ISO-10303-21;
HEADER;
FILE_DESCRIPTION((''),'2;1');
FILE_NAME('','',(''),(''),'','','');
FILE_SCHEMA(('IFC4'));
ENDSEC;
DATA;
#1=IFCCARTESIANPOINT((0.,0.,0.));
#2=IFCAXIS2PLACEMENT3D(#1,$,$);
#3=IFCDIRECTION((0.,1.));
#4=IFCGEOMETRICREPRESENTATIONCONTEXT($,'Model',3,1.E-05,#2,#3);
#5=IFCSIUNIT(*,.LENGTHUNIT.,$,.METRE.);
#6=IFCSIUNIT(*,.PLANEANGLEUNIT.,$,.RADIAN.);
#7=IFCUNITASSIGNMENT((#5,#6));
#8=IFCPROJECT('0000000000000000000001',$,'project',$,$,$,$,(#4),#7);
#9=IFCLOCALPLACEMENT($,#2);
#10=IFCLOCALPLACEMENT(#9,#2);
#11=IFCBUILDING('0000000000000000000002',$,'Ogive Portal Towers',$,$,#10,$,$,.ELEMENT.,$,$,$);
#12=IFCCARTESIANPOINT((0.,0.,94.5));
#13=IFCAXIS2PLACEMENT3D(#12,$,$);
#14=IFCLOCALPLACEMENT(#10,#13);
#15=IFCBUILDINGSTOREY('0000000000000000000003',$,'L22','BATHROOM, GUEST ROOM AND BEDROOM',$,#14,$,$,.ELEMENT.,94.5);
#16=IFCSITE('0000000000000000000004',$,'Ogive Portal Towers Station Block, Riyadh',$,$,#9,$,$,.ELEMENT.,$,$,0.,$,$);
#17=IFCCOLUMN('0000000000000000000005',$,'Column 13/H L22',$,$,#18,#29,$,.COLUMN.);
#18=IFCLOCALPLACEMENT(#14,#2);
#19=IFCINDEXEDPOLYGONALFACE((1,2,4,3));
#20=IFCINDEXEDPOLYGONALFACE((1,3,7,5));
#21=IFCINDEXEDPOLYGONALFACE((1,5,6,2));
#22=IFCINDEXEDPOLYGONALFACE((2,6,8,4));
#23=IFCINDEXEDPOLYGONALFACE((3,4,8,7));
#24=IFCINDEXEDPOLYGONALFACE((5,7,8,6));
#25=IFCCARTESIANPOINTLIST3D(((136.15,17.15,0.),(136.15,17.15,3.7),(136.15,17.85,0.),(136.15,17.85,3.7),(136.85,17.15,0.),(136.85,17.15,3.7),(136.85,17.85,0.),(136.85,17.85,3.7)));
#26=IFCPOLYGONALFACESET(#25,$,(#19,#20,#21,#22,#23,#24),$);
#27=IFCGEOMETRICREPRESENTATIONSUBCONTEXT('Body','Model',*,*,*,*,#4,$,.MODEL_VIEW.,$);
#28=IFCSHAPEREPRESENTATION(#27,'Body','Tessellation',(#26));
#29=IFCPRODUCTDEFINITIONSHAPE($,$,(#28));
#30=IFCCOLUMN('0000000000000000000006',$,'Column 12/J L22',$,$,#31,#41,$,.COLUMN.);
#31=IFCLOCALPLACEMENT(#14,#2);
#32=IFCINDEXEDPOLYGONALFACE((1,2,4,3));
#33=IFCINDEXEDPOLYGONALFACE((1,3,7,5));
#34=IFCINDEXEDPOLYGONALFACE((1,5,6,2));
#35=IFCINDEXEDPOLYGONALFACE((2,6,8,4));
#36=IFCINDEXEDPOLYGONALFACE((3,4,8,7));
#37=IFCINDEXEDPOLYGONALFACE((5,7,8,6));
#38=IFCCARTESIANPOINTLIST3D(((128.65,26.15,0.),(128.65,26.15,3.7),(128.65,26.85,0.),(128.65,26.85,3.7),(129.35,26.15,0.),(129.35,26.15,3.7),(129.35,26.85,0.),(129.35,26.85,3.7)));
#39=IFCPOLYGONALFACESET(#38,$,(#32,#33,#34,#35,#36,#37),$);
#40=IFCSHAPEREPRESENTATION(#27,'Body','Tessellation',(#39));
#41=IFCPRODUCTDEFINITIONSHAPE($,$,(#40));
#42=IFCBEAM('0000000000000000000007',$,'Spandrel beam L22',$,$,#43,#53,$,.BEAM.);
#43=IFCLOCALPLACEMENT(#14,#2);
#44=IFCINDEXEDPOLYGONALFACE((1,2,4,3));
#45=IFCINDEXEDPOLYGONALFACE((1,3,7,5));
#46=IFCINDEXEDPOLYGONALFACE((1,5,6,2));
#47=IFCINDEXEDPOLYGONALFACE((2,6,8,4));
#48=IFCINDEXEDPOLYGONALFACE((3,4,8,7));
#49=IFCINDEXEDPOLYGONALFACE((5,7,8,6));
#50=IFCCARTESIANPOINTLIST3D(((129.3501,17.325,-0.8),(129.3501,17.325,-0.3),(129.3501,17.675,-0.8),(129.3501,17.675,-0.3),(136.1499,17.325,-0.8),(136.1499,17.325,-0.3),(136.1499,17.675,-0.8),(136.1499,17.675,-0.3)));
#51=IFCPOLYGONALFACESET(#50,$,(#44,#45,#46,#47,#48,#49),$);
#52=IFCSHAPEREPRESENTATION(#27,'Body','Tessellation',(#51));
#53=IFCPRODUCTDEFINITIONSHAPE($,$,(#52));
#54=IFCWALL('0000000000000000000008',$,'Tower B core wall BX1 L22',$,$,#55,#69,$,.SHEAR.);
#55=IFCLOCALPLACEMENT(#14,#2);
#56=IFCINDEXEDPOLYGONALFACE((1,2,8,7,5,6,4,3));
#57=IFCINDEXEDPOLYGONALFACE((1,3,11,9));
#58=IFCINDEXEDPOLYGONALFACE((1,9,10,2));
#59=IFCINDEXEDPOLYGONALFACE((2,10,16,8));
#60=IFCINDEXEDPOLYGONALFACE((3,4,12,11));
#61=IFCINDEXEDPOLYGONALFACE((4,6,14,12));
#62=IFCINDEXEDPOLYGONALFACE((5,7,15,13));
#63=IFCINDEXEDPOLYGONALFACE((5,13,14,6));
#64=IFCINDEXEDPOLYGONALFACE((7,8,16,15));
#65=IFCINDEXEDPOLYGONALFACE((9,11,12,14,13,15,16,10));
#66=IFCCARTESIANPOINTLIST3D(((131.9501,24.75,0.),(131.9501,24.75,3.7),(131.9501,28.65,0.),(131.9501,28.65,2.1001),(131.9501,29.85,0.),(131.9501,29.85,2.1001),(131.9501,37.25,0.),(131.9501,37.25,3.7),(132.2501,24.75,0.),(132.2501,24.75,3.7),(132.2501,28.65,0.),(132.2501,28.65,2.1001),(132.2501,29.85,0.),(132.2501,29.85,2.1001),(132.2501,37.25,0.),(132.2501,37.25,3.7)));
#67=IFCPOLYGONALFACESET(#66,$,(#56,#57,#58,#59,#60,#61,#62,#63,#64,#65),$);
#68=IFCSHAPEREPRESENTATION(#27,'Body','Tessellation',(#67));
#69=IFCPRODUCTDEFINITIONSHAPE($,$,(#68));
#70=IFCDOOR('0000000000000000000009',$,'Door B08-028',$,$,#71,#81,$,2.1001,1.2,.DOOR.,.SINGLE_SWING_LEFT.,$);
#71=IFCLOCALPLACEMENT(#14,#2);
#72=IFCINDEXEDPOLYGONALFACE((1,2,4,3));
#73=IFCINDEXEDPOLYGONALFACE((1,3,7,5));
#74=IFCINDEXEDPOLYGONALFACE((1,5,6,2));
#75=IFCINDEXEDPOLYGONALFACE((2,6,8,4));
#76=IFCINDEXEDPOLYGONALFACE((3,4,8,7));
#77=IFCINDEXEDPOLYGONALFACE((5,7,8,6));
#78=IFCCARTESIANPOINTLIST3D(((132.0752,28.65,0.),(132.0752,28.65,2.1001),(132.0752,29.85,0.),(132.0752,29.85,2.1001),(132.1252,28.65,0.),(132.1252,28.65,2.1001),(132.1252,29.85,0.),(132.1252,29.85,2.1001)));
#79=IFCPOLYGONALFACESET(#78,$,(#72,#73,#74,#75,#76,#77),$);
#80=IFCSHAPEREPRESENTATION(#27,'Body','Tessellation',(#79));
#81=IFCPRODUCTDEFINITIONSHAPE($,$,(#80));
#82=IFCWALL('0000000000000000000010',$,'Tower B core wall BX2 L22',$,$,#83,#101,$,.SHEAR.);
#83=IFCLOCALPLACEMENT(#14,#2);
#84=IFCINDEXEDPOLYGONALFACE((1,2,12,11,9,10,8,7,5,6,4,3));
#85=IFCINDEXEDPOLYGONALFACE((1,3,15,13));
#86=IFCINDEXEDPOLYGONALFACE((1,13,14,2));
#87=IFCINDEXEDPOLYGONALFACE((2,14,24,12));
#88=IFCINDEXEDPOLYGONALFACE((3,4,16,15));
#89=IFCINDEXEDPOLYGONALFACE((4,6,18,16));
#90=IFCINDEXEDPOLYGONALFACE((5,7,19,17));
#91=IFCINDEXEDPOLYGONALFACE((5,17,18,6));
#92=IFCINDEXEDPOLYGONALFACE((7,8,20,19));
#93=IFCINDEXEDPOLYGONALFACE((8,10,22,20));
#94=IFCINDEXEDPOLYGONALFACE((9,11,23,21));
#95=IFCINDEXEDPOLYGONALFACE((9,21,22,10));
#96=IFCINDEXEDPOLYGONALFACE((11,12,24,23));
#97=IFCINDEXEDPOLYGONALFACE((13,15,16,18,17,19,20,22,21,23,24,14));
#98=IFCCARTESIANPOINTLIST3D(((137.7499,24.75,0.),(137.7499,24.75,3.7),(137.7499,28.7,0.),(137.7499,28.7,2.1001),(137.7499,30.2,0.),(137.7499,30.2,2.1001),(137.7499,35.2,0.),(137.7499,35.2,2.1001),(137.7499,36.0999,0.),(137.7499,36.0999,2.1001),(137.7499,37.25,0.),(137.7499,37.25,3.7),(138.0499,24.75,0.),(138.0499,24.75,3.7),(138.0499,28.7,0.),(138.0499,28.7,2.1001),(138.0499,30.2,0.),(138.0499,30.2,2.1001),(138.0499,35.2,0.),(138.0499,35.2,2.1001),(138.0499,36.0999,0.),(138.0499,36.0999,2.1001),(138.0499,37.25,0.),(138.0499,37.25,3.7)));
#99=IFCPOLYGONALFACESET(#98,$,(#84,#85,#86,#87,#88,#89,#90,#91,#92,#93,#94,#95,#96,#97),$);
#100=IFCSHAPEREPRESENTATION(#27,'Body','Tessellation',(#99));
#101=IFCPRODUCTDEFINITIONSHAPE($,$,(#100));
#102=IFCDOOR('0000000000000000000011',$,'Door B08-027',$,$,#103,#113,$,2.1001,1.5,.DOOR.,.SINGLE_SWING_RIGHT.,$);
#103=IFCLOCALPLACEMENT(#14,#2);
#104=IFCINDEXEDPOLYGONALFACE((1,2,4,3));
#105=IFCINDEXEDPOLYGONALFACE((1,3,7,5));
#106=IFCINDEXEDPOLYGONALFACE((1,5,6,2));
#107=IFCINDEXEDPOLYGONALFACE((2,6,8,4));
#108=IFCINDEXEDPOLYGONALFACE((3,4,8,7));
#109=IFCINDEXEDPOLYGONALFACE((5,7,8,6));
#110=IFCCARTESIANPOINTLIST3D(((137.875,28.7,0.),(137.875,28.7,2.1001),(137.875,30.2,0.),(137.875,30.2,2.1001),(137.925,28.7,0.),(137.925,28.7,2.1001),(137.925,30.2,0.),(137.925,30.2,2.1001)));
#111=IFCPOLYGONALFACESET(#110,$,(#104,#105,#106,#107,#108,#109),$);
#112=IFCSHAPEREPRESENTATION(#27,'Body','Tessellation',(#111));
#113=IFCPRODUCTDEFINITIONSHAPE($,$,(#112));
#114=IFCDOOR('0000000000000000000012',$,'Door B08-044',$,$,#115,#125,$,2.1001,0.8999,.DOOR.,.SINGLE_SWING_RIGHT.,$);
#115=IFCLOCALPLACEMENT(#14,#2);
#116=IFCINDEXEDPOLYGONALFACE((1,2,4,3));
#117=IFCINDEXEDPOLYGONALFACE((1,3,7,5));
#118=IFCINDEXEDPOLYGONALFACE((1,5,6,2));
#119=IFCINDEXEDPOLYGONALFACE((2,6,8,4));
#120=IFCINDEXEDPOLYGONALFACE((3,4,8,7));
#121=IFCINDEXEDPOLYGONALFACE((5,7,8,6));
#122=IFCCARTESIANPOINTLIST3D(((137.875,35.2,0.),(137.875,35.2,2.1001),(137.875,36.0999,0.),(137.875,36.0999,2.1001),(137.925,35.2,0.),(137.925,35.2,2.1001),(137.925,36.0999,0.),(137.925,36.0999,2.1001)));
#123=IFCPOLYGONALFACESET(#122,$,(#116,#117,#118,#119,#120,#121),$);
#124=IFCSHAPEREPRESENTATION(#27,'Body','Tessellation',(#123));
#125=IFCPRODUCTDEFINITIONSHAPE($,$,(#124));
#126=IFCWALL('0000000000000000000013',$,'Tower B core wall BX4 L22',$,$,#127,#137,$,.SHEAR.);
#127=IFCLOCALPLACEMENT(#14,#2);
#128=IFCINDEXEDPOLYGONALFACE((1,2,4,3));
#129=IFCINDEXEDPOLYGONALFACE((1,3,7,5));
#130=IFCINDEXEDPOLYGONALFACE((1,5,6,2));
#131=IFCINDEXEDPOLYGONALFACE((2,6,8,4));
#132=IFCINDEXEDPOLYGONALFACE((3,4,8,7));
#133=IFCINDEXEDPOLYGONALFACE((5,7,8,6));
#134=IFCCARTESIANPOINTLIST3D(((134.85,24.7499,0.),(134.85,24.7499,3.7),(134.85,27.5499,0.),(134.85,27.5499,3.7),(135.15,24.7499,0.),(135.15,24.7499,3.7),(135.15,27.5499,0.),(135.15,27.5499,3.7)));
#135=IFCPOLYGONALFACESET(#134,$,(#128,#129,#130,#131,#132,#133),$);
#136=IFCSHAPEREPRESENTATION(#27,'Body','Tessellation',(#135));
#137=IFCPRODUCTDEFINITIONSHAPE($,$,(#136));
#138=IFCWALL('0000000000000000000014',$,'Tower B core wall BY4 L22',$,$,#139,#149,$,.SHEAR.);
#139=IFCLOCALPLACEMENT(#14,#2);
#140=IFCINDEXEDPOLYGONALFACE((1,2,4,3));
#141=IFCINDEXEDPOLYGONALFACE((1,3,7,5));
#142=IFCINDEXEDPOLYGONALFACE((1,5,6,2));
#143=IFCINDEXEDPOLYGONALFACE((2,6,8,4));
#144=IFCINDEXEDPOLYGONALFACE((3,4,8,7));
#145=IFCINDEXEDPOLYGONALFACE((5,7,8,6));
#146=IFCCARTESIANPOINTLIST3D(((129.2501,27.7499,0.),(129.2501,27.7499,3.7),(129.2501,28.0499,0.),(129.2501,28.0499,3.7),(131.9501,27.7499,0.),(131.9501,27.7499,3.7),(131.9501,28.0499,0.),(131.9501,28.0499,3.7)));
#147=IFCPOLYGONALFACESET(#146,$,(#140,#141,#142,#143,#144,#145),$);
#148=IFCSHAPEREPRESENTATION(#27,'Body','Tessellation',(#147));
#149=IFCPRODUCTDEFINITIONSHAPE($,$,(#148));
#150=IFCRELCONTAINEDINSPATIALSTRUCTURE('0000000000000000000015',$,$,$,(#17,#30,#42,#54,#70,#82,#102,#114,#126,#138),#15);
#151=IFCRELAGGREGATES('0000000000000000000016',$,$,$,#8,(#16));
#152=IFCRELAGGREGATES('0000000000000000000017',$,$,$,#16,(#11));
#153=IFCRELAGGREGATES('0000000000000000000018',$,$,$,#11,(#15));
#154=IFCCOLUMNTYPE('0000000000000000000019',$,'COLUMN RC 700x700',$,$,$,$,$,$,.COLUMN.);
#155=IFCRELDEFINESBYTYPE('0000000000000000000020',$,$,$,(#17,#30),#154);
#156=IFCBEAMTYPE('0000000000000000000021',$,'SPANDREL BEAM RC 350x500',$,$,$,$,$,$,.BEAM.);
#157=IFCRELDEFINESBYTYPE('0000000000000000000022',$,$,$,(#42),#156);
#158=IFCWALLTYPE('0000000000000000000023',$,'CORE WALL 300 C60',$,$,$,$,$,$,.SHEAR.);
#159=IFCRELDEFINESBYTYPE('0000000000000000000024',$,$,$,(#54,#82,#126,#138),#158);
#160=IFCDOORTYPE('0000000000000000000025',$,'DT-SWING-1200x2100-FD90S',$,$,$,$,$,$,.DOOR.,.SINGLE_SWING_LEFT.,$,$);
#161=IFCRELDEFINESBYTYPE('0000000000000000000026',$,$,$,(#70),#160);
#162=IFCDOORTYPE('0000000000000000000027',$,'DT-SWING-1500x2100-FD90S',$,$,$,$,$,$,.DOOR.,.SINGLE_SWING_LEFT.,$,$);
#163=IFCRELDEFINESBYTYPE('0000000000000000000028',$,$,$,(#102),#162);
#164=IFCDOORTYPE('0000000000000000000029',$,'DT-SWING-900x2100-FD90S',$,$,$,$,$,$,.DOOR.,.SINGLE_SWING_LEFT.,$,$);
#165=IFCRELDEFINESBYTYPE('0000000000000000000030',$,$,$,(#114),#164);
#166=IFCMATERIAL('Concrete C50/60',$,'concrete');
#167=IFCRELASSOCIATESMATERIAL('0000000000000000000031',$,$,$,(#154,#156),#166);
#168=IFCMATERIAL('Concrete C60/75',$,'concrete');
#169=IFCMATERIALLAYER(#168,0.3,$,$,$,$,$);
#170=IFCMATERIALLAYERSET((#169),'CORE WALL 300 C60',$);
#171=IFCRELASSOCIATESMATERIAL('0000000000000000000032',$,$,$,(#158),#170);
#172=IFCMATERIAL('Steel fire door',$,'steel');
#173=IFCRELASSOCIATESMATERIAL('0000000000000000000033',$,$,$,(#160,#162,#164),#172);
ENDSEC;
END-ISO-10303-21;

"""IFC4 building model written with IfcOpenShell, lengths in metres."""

from ifc_helpers import new_model, si_unit, direction, frame, frame_2d, origin, origin_2d, place, context, subcontext, project, spatial, rectangle, extrude, material, layer, layer_set, material_profile, profile_set, type_object, element, fill, save


model = new_model("IFC4")

# Units and contexts
model_context = context("Model", 3, precision=1e-05, world=origin(), true_north=direction((0.0, 1.0)))
body_context = subcontext(model_context, "Body", "Model", "MODEL_VIEW")
ifc_project = project(units=[si_unit("LENGTHUNIT", "METRE"), si_unit("PLANEANGLEUNIT", "RADIAN")], contexts=[model_context])

# Site, building, storey
site_placement = place(None, origin())
site = spatial("IfcSite", under=ifc_project, at=site_placement, Name="Ogive Portal Towers Station Block, Riyadh", CompositionType="ELEMENT", RefElevation=0.0)
building_placement = place(site_placement, origin())
building = spatial("IfcBuilding", under=site, at=building_placement, Name="Ogive Portal Towers", CompositionType="ELEMENT")
storey_placement = place(building_placement, frame((0.0, 0.0, 94.5)))
storey = spatial("IfcBuildingStorey", under=building, at=storey_placement, Name="L22", Description="BATHROOM, GUEST ROOM AND BEDROOM", CompositionType="ELEMENT", Elevation=94.5)

# Columns
ifc_material_1 = material(Name="Concrete C50/60", Category="concrete")
ifc_material_profile_1 = material_profile(ifc_material_1, rectangle(XDim=0.7, YDim=0.7, at=origin_2d()), Name="RC 700x700")
ifc_profile_set_1 = profile_set([ifc_material_profile_1], Name="Concrete C50/60")
column_type = type_object("IfcColumnType", Name="COLUMN RC 700x700", PredefinedType="COLUMN", material=ifc_profile_set_1)
for number, where, z_axis, x_axis, name in (
    (1, (136.5, 17.5, 0.0), (0.0, 0.0, 1.0), (1.0, 0.0, 0.0), "Column 13/H L22"),
    (2, (129.0, 26.5, 0.0), (0.0, 0.0, 1.0), (1.0, 0.0, 0.0), "Column 12/J L22"),
):
    element("IfcColumn", number, at=place(storey_placement, frame(where, z_axis=z_axis, x_axis=x_axis)), inside=storey, type_object=column_type, Name=name, PredefinedType="COLUMN", context=body_context, shape_type="SweptSolid", body=[
        extrude(rectangle(XDim=0.7, YDim=0.7, at=origin_2d()), origin(), (0.0, 0.0, 1.0), 3.7),
    ])

# Beam
ifc_material_profile_2 = material_profile(ifc_material_1, rectangle(XDim=0.3501, YDim=0.5, at=origin_2d()), Name="RC 350x500")
ifc_profile_set_2 = profile_set([ifc_material_profile_2], Name="Concrete C50/60")
beam_type = type_object("IfcBeamType", Name="SPANDREL BEAM RC 350x500", PredefinedType="BEAM", material=ifc_profile_set_2)
beam_placement = place(storey_placement, frame((129.3501, 17.5, -0.55), z_axis=(1.0, 0.0, 0.0), x_axis=(0.0, 1.0, 0.0)))
element("IfcBeam", 3, at=beam_placement, inside=storey, type_object=beam_type, Name="Spandrel beam L22", PredefinedType="BEAM", context=body_context, shape_type="SweptSolid", body=[
    extrude(rectangle(XDim=0.3501, YDim=0.5, at=origin_2d()), origin(), (0.0, 0.0, 1.0), 6.7998),
])

# Wall, opening, door
ifc_material_2 = material(Name="Concrete C60/75", Category="concrete")
ifc_layer_1 = layer(ifc_material_2, 0.3)
ifc_layer_set_1 = layer_set([ifc_layer_1], Name="CORE WALL 300 C60")
wall_type_1 = type_object("IfcWallType", Name="CORE WALL 300 C60", PredefinedType="SHEAR", material=ifc_layer_set_1)
wall_1_placement = place(storey_placement, frame((132.1001, 24.75, 0.0), z_axis=(0.0, 0.0, 1.0), x_axis=(0.0, 1.0, 0.0)))
wall_1 = element("IfcWall", 4, at=wall_1_placement, inside=storey, type_object=wall_type_1, Name="Tower B core wall BX1 L22", PredefinedType="SHEAR", context=body_context, shape_type="SweptSolid", body=[
    extrude(rectangle(XDim=12.5, YDim=0.3, at=frame_2d((6.25, 0.0))), origin(), (0.0, 0.0, 1.0), 3.7),
])
opening_1_placement = place(wall_1_placement, frame((3.8999, 0.0, 0.0)))
opening_1 = element("IfcOpeningElement", 5, at=opening_1_placement, cuts=wall_1, PredefinedType="OPENING", context=body_context, shape_type="SweptSolid", body=[
    extrude(rectangle(XDim=1.2, YDim=2.1001, at=frame_2d((0.6001, 1.05))), frame((0.0, 0.1602, 0.0), z_axis=(0.0, -1.0, 0.0), x_axis=(1.0, 0.0, 0.0)), (0.0, 0.0, 1.0), 0.3201),
])
ifc_material_3 = material(Name="Steel fire door", Category="steel")
door_type_1 = type_object("IfcDoorType", Name="DT-SWING-1200x2100-FD90S", OperationType="SINGLE_SWING_LEFT", PredefinedType="DOOR", material=ifc_material_3)
door_1_placement = place(opening_1_placement, origin())
door_1 = element("IfcDoor", 6, at=door_1_placement, inside=storey, type_object=door_type_1, Name="Door B08-028", OperationType="SINGLE_SWING_LEFT", OverallHeight=2.1001, OverallWidth=1.2, PredefinedType="DOOR", context=body_context, shape_type="SweptSolid", body=[
    extrude(rectangle(XDim=1.2, YDim=2.1001, at=frame_2d((0.6001, 1.05))), frame((0.0, 0.0249, 0.0), z_axis=(0.0, -1.0, 0.0), x_axis=(1.0, 0.0, 0.0)), (0.0, 0.0, 1.0), 0.05),
])
fill(opening_1, door_1)

# Wall, openings, doors
wall_2_placement = place(storey_placement, frame((137.8999, 24.75, 0.0), z_axis=(0.0, 0.0, 1.0), x_axis=(0.0, 1.0, 0.0)))
wall_2 = element("IfcWall", 7, at=wall_2_placement, inside=storey, type_object=wall_type_1, Name="Tower B core wall BX2 L22", PredefinedType="SHEAR", context=body_context, shape_type="SweptSolid", body=[
    extrude(rectangle(XDim=12.5, YDim=0.3, at=frame_2d((6.25, 0.0))), origin(), (0.0, 0.0, 1.0), 3.7),
])
opening_2_placement = place(wall_2_placement, frame((3.95, 0.0, 0.0)))
opening_2 = element("IfcOpeningElement", 8, at=opening_2_placement, cuts=wall_2, PredefinedType="OPENING", context=body_context, shape_type="SweptSolid", body=[
    extrude(rectangle(XDim=1.5, YDim=2.1001, at=frame_2d((0.75, 1.05))), frame((0.0, 0.1602, 0.0), z_axis=(0.0, -1.0, 0.0), x_axis=(1.0, 0.0, 0.0)), (0.0, 0.0, 1.0), 0.3201),
])
opening_3_placement = place(wall_2_placement, frame((10.45, 0.0, 0.0)))
opening_3 = element("IfcOpeningElement", 9, at=opening_3_placement, cuts=wall_2, PredefinedType="OPENING", context=body_context, shape_type="SweptSolid", body=[
    extrude(rectangle(XDim=0.8999, YDim=2.1001, at=frame_2d((0.45, 1.05))), frame((0.0, 0.1602, 0.0), z_axis=(0.0, -1.0, 0.0), x_axis=(1.0, 0.0, 0.0)), (0.0, 0.0, 1.0), 0.3201),
])
door_type_2 = type_object("IfcDoorType", Name="DT-SWING-1500x2100-FD90S", OperationType="SINGLE_SWING_LEFT", PredefinedType="DOOR", material=ifc_material_3)
door_2_placement = place(opening_2_placement, origin())
door_2 = element("IfcDoor", 10, at=door_2_placement, inside=storey, type_object=door_type_2, Name="Door B08-027", OperationType="SINGLE_SWING_RIGHT", OverallHeight=2.1001, OverallWidth=1.5, PredefinedType="DOOR", context=body_context, shape_type="SweptSolid", body=[
    extrude(rectangle(XDim=1.5, YDim=2.1001, at=frame_2d((0.75, 1.05))), frame((0.0, 0.0249, 0.0), z_axis=(0.0, -1.0, 0.0), x_axis=(1.0, 0.0, 0.0)), (0.0, 0.0, 1.0), 0.05),
])
fill(opening_2, door_2)
door_type_3 = type_object("IfcDoorType", Name="DT-SWING-900x2100-FD90S", OperationType="SINGLE_SWING_LEFT", PredefinedType="DOOR", material=ifc_material_3)
door_3_placement = place(opening_3_placement, origin())
door_3 = element("IfcDoor", 11, at=door_3_placement, inside=storey, type_object=door_type_3, Name="Door B08-044", OperationType="SINGLE_SWING_RIGHT", OverallHeight=2.1001, OverallWidth=0.8999, PredefinedType="DOOR", context=body_context, shape_type="SweptSolid", body=[
    extrude(rectangle(XDim=0.8999, YDim=2.1001, at=frame_2d((0.45, 1.05))), frame((0.0, 0.0249, 0.0), z_axis=(0.0, -1.0, 0.0), x_axis=(1.0, 0.0, 0.0)), (0.0, 0.0, 1.0), 0.05),
])
fill(opening_3, door_3)

# Wall
wall_3_placement = place(storey_placement, frame((135.0, 24.75, 0.0), z_axis=(0.0, 0.0, 1.0), x_axis=(0.0, 1.0, 0.0)))
element("IfcWall", 12, at=wall_3_placement, inside=storey, type_object=wall_type_1, Name="Tower B core wall BX4 L22", PredefinedType="SHEAR", context=body_context, shape_type="SweptSolid", body=[
    extrude(rectangle(XDim=2.8, YDim=0.3, at=frame_2d((1.3999, 0.0))), origin(), (0.0, 0.0, 1.0), 3.7),
])

# Wall
wall_4_placement = place(storey_placement, frame((129.25, 27.8999, 0.0), z_axis=(0.0, 0.0, 1.0), x_axis=(1.0, 0.0, 0.0)))
element("IfcWall", 13, at=wall_4_placement, inside=storey, type_object=wall_type_1, Name="Tower B core wall BY4 L22", PredefinedType="SHEAR", context=body_context, shape_type="SweptSolid", body=[
    extrude(rectangle(XDim=2.7, YDim=0.3, at=frame_2d((1.3501, 0.0))), origin(), (0.0, 0.0, 1.0), 3.7),
])

save(model, "model.ifc")
